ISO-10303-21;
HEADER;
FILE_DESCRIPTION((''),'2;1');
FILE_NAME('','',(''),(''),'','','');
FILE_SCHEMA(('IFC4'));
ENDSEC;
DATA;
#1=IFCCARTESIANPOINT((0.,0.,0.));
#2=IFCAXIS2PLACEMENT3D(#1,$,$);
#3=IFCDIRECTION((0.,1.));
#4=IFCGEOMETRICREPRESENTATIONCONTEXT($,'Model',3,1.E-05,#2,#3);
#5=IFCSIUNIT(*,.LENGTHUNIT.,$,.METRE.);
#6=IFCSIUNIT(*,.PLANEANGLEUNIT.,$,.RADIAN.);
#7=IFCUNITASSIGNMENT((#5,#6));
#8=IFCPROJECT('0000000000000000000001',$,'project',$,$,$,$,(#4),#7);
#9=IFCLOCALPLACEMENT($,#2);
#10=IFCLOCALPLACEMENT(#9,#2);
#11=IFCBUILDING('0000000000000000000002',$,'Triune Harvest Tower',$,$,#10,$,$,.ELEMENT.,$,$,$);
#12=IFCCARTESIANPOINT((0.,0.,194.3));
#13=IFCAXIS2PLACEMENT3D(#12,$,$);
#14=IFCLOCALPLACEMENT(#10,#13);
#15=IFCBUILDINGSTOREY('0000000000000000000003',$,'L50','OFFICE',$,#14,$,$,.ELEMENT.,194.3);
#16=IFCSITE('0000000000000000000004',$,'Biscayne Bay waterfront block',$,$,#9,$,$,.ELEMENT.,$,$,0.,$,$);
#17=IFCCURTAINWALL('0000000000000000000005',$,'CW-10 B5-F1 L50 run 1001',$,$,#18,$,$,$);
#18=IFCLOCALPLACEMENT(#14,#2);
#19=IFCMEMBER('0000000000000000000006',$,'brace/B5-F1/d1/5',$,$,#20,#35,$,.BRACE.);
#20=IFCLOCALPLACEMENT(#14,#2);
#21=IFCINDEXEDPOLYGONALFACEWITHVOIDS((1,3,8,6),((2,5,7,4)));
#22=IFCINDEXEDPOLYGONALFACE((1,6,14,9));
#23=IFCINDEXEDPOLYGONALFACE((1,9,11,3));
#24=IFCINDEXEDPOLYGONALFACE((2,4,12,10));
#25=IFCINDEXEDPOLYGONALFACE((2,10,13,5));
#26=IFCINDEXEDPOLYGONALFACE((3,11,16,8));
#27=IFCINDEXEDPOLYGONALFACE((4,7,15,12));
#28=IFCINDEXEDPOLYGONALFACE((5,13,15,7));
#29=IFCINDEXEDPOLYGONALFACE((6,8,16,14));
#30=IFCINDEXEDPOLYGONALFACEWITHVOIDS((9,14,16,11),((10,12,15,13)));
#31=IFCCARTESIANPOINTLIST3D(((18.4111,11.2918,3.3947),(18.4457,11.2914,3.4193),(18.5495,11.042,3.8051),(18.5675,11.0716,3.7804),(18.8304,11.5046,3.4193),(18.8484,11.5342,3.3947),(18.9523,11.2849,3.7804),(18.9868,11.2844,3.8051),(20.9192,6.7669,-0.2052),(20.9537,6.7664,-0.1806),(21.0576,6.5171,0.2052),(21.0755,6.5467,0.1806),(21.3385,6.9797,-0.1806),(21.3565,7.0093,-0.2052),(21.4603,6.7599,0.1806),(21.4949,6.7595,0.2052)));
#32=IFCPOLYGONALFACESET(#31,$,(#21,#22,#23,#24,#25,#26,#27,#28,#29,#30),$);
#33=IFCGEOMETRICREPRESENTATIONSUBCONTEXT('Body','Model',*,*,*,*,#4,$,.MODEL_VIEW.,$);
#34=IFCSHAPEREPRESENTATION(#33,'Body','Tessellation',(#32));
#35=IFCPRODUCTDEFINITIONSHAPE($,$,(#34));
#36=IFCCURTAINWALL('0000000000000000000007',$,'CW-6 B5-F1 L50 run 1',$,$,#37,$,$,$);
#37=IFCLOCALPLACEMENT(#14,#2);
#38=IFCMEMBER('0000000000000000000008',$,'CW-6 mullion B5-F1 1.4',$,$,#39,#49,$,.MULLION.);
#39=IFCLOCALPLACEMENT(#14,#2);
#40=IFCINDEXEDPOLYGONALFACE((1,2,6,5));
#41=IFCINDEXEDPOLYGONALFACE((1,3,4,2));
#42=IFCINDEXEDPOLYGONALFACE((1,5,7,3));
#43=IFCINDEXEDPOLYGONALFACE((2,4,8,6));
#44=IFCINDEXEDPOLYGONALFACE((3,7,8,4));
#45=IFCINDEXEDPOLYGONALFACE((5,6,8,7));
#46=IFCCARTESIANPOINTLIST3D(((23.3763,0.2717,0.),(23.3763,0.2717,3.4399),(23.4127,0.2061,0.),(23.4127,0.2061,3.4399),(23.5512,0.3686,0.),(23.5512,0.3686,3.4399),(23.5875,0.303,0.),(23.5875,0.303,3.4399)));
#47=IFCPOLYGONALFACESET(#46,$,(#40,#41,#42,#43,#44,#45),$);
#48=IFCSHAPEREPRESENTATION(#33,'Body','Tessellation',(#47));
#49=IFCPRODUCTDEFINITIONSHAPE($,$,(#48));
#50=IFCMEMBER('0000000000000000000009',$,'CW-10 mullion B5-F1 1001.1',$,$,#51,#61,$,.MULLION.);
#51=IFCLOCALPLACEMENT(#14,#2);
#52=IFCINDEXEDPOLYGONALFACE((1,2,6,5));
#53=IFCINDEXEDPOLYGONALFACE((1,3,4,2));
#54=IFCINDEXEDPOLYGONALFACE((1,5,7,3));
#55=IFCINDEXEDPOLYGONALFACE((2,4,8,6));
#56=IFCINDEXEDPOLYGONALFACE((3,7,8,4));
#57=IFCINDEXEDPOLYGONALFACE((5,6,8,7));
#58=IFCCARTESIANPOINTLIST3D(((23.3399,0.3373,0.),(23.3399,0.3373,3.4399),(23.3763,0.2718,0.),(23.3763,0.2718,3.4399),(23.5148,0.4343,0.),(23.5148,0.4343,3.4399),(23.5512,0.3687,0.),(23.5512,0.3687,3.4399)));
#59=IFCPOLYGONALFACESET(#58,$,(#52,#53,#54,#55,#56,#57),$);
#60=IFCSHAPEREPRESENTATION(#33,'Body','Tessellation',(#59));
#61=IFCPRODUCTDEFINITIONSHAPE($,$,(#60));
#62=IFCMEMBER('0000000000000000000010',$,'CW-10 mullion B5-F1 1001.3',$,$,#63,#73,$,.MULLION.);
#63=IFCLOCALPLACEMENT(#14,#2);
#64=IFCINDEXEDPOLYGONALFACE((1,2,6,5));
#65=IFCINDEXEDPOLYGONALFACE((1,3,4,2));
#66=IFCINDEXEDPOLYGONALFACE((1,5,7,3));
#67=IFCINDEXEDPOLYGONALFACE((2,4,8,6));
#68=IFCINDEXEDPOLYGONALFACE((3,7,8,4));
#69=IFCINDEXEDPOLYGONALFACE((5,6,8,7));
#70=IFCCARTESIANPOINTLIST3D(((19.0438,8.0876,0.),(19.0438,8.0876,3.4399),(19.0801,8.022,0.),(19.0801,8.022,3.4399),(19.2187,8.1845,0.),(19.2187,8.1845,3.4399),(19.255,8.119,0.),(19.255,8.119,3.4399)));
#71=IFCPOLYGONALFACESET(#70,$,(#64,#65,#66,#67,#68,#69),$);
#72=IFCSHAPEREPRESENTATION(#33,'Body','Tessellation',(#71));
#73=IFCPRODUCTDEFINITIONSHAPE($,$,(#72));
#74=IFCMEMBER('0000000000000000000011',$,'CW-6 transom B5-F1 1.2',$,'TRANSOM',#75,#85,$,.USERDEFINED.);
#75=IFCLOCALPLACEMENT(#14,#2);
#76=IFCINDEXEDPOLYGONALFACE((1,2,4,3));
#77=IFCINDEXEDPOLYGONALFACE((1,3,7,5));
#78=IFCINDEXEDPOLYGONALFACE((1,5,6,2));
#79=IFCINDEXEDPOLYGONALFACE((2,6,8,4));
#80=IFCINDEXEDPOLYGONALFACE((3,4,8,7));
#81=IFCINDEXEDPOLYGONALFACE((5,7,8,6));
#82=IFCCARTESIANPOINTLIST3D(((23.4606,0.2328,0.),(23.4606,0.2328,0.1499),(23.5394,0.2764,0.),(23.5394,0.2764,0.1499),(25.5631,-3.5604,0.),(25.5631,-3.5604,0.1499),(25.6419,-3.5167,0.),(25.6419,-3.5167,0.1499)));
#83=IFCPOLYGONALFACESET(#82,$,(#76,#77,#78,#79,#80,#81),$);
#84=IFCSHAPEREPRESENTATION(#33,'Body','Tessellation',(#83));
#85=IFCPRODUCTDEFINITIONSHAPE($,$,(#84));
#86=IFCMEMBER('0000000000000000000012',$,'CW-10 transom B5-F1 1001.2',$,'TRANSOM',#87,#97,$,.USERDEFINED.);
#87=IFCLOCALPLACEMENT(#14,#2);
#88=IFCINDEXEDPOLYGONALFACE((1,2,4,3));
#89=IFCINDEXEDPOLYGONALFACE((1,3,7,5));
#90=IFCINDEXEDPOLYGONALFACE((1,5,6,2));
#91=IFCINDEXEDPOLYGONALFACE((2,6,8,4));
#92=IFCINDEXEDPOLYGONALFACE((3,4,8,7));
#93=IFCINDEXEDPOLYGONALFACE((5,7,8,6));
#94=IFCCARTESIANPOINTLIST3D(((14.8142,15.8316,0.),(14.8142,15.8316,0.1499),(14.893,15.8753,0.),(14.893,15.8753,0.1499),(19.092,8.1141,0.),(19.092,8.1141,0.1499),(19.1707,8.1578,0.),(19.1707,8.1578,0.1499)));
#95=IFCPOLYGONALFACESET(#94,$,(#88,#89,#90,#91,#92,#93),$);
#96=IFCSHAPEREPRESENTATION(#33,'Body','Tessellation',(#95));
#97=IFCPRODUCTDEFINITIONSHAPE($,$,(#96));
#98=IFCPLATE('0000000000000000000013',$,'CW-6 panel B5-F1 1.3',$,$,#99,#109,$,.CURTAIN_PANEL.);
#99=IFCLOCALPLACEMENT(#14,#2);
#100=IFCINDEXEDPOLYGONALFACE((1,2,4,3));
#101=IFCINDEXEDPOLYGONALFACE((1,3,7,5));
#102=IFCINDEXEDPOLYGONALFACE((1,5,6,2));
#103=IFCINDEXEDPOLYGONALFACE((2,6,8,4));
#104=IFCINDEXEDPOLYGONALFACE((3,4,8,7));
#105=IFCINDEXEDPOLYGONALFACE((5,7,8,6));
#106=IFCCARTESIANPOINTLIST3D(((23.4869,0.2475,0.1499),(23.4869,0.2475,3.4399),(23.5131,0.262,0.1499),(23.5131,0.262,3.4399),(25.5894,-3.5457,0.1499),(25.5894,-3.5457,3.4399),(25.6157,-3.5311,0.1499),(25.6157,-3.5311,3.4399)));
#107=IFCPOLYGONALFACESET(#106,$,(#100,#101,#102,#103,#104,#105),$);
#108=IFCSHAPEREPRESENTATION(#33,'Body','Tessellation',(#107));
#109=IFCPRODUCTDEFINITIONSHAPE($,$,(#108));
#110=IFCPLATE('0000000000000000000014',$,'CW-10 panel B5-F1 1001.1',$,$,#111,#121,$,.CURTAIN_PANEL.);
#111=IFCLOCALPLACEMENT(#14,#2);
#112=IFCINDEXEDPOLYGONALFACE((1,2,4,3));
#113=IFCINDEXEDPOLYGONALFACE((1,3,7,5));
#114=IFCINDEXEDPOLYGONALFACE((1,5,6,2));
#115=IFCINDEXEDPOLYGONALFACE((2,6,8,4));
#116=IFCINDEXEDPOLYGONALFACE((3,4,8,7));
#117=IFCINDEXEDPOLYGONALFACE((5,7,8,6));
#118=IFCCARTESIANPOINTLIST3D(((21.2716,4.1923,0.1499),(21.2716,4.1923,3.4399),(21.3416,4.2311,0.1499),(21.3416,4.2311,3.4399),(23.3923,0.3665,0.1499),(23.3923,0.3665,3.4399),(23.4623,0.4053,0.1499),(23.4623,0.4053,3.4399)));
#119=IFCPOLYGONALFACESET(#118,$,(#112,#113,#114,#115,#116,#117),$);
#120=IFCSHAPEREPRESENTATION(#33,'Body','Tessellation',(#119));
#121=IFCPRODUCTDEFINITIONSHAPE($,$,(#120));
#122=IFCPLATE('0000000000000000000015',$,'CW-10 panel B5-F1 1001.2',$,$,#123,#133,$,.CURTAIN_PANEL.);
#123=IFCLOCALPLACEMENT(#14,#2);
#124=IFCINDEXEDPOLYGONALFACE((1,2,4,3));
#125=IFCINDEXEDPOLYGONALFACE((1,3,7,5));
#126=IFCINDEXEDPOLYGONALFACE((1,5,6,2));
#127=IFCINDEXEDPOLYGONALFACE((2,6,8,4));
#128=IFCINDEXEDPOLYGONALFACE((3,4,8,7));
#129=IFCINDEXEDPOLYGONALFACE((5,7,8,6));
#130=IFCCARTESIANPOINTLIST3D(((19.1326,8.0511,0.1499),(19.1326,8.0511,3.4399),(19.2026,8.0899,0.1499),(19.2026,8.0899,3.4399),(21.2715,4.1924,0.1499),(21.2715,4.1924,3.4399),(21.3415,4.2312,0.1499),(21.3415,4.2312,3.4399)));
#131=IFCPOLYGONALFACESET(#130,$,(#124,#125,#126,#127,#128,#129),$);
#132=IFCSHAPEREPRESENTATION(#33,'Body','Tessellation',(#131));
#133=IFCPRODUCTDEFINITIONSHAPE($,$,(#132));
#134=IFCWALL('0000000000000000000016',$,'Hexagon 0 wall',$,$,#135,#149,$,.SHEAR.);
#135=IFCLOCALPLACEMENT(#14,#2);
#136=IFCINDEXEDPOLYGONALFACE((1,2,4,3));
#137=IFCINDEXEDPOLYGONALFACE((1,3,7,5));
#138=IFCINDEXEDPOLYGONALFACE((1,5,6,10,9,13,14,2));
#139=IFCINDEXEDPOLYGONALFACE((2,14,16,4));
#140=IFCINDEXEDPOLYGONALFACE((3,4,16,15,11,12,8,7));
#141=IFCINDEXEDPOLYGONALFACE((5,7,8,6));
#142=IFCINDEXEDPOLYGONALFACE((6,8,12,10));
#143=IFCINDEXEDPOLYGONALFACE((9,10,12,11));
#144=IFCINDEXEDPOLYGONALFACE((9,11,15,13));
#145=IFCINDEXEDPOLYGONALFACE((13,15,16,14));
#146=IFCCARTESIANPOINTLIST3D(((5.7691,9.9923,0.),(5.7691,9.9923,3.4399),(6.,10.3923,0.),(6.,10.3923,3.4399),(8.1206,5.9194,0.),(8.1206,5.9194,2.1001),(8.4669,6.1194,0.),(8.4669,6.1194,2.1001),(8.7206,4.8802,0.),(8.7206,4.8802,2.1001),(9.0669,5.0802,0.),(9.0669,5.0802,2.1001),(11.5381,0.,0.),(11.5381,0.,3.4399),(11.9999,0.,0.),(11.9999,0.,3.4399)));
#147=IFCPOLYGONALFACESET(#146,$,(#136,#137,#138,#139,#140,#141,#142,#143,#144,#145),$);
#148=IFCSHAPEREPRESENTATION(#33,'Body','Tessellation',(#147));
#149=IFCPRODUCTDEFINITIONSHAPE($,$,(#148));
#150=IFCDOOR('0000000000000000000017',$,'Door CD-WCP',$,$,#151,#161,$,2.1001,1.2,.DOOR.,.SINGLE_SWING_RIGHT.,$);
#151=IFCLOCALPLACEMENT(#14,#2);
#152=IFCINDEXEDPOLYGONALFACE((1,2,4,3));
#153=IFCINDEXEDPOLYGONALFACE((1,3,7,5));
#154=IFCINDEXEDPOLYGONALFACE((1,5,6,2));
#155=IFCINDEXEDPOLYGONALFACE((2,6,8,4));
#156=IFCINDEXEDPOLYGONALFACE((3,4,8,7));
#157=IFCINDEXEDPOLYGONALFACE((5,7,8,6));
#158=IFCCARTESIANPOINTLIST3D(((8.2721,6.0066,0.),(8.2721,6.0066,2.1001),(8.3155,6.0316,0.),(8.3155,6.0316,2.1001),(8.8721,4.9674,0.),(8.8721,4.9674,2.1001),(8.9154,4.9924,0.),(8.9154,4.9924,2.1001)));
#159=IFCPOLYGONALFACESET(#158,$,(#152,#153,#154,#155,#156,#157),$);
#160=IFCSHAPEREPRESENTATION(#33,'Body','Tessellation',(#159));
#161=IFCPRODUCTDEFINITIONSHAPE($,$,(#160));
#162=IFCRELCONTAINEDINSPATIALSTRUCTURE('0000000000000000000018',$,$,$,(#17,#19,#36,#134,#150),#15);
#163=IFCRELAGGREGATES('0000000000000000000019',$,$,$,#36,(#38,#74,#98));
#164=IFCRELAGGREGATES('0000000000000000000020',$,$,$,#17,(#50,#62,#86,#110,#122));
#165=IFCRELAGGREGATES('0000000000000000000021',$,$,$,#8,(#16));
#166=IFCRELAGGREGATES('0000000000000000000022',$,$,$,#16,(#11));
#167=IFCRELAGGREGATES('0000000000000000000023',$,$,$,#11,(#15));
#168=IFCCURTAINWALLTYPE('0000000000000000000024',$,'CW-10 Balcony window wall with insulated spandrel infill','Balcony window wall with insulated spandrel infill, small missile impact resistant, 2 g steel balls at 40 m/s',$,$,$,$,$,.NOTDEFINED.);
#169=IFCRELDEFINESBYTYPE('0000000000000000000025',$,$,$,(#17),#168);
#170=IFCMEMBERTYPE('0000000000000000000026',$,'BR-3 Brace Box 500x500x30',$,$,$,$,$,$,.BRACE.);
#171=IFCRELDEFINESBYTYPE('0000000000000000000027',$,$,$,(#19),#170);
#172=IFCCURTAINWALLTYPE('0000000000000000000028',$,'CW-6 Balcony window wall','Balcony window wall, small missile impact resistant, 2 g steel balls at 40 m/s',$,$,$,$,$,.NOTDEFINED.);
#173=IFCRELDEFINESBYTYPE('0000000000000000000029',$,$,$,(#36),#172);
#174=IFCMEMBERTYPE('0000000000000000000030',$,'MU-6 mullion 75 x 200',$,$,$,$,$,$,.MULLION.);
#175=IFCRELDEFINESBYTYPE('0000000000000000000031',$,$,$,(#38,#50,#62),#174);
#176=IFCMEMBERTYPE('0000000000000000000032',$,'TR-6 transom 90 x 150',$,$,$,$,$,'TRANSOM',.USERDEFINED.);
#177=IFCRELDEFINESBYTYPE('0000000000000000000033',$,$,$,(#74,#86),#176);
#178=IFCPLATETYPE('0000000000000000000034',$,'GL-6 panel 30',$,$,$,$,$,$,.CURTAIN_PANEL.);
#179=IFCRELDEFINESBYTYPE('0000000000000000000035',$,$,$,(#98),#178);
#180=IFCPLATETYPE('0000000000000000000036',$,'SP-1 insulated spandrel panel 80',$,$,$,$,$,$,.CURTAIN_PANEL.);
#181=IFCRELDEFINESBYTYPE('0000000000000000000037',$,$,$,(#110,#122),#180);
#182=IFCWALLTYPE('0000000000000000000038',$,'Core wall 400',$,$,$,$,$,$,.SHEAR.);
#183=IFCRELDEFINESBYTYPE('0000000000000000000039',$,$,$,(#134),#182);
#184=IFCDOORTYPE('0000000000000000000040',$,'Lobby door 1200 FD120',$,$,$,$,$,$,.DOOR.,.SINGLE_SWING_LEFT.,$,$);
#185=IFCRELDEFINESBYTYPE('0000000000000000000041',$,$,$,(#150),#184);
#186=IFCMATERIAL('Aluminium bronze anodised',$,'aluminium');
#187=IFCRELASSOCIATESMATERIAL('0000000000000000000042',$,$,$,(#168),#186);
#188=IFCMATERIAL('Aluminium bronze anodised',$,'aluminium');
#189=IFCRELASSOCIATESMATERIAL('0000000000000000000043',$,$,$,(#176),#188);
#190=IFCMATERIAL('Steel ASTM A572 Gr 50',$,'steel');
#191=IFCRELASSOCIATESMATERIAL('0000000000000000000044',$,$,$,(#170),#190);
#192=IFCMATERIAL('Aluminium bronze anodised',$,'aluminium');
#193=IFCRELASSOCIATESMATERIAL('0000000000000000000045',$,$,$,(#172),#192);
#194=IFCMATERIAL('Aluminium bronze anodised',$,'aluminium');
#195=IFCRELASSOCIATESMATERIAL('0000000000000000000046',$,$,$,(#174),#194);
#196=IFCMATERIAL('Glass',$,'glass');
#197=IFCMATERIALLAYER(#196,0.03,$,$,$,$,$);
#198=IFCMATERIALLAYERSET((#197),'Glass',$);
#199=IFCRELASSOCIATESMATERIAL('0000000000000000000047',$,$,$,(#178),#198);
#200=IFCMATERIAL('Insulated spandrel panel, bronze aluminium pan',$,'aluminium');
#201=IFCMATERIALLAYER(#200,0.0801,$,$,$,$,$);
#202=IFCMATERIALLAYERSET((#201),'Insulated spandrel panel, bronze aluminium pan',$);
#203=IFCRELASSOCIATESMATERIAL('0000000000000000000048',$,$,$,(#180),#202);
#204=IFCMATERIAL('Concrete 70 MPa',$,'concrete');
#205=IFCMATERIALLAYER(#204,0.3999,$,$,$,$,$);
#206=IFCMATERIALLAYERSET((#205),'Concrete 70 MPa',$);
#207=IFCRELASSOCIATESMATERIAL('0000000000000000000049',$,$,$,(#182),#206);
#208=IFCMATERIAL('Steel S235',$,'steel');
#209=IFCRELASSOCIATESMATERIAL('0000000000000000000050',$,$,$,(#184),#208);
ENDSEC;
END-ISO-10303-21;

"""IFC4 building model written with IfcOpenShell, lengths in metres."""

from ifc_helpers import new_model, si_unit, direction, frame, frame_2d, origin, origin_2d, place, context, subcontext, project, spatial, polyline, rectangle, hollow_rectangle, outline, extrude, source, transform, mapped, material, layer, layer_set, material_profile, profile_set, type_object, element, fill, aggregate, save


model = new_model("IFC4")

# Units and contexts
model_context = context("Model", 3, precision=1e-05, world=origin(), true_north=direction((0.0, 1.0)))
body_context = subcontext(model_context, "Body", "Model", "MODEL_VIEW")
ifc_project = project(units=[si_unit("LENGTHUNIT", "METRE"), si_unit("PLANEANGLEUNIT", "RADIAN")], contexts=[model_context])

# Site, building, storey
site_placement = place(None, origin())
site = spatial("IfcSite", under=ifc_project, at=site_placement, Name="Biscayne Bay waterfront block", CompositionType="ELEMENT", RefElevation=0.0)
building_placement = place(site_placement, origin())
building = spatial("IfcBuilding", under=site, at=building_placement, Name="Triune Harvest Tower", CompositionType="ELEMENT")
storey_placement = place(building_placement, frame((0.0, 0.0, 194.3)))
storey = spatial("IfcBuildingStorey", under=building, at=storey_placement, Name="L50", Description="OFFICE", CompositionType="ELEMENT", Elevation=194.3)

# Curtain wall
ifc_material_1 = material(Name="Aluminium bronze anodised", Category="aluminium")
curtain_wall_type_1 = type_object("IfcCurtainWallType", Name="CW-10 Balcony window wall with insulated spandrel infill", Description="Balcony window wall with insulated spandrel infill, small missile impact resistant, 2 g steel balls at 40 m/s", PredefinedType="NOTDEFINED", material=ifc_material_1)
curtain_wall_1_placement = place(storey_placement, origin())
curtain_wall_1 = element("IfcCurtainWall", 1, at=curtain_wall_1_placement, inside=storey, type_object=curtain_wall_type_1, Name="CW-10 B5-F1 L50 run 1001")
ifc_material_2 = material(Name="Aluminium bronze anodised", Category="aluminium")
ifc_material_profile_1 = material_profile(ifc_material_2, rectangle(XDim=0.0901, YDim=0.1499, at=origin_2d()), Name="TR-6 transom 90 x 150")
ifc_profile_set_1 = profile_set([ifc_material_profile_1], Name="Aluminium bronze anodised")
member_type_1 = type_object("IfcMemberType", Name="TR-6 transom 90 x 150", ElementType="TRANSOM", PredefinedType="USERDEFINED", material=ifc_profile_set_1)

# Member
ifc_material_3 = material(Name="Steel ASTM A572 Gr 50", Category="steel")
ifc_material_profile_2 = material_profile(ifc_material_3, hollow_rectangle(XDim=0.5, YDim=0.5, WallThickness=0.03, at=origin_2d()), Name="Box 500x500x30")
ifc_profile_set_2 = profile_set([ifc_material_profile_2], Name="Steel ASTM A572 Gr 50")
member_type_2 = type_object("IfcMemberType", Name="BR-3 Brace Box 500x500x30", PredefinedType="BRACE", material=ifc_profile_set_2)
shared_shape_1 = source(origin(), body_context, "Body", "SweptSolid", [
    extrude(hollow_rectangle(XDim=0.5, YDim=0.5, WallThickness=0.03, at=origin_2d()), origin(), (0.0, 0.0, 1.0), 6.3027),
])
member_1_placement = place(storey_placement, frame((21.207, 6.7632, 0.0), z_axis=(-0.397934, 0.717931, 0.57116), x_axis=(-0.874631, -0.484789, 0.0)))
element("IfcMember", 2, at=member_1_placement, inside=storey, type_object=member_type_2, Name="brace/B5-F1/d1/5", PredefinedType="BRACE", context=body_context, shape_type="MappedRepresentation", body=[
    mapped(shared_shape_1, transform((0.0, 0.0, 0.0), scale=1.0)),
])

# Curtain wall, member
ifc_material_4 = material(Name="Aluminium bronze anodised", Category="aluminium")
curtain_wall_type_2 = type_object("IfcCurtainWallType", Name="CW-6 Balcony window wall", Description="Balcony window wall, small missile impact resistant, 2 g steel balls at 40 m/s", PredefinedType="NOTDEFINED", material=ifc_material_4)
curtain_wall_2_placement = place(storey_placement, origin())
curtain_wall_2 = element("IfcCurtainWall", 3, at=curtain_wall_2_placement, inside=storey, type_object=curtain_wall_type_2, Name="CW-6 B5-F1 L50 run 1")
ifc_material_5 = material(Name="Aluminium bronze anodised", Category="aluminium")
ifc_material_profile_3 = material_profile(ifc_material_5, rectangle(XDim=0.2, YDim=0.075, at=origin_2d()), Name="MU-6 mullion 75 x 200")
ifc_profile_set_3 = profile_set([ifc_material_profile_3], Name="Aluminium bronze anodised")
member_type_3 = type_object("IfcMemberType", Name="MU-6 mullion 75 x 200", PredefinedType="MULLION", material=ifc_profile_set_3)
shared_shape_2 = source(origin(), body_context, "Body", "SweptSolid", [
    extrude(rectangle(XDim=0.2, YDim=0.075, at=origin_2d()), origin(), (0.0, 0.0, 1.0), 3.4399),
])
member_2_placement = place(storey_placement, frame((23.4819, 0.2874, 0.0), z_axis=(0.0, 0.0, 1.0), x_axis=(-0.874622, -0.484806, 0.0)))
member_2 = element("IfcMember", 4, at=member_2_placement, type_object=member_type_3, Name="CW-6 mullion B5-F1 1.4", PredefinedType="MULLION", context=body_context, shape_type="MappedRepresentation", body=[
    mapped(shared_shape_2, transform((0.0, 0.0, 0.0), scale=1.0)),
])

# Members
member_3_placement = place(storey_placement, frame((23.4456, 0.353, 0.0), z_axis=(0.0, 0.0, 1.0), x_axis=(-0.87462, -0.48481, 0.0)))
member_3 = element("IfcMember", 5, at=member_3_placement, type_object=member_type_3, Name="CW-10 mullion B5-F1 1001.1", PredefinedType="MULLION", context=body_context, shape_type="MappedRepresentation", body=[
    mapped(shared_shape_2, transform((0.0, 0.0, 0.0), scale=1.0)),
])
member_4_placement = place(storey_placement, frame((19.1494, 8.1033, 0.0), z_axis=(0.0, 0.0, 1.0), x_axis=(-0.87462, -0.48481, 0.0)))
member_4 = element("IfcMember", 6, at=member_4_placement, type_object=member_type_3, Name="CW-10 mullion B5-F1 1001.3", PredefinedType="MULLION", context=body_context, shape_type="MappedRepresentation", body=[
    mapped(shared_shape_2, transform((0.0, 0.0, 0.0), scale=1.0)),
])
shared_shape_3 = source(origin(), body_context, "Body", "SweptSolid", [
    extrude(rectangle(XDim=0.0901, YDim=0.1499, at=origin_2d()), origin(), (0.0, 0.0, 1.0), 4.3369),
])
member_5_placement = place(storey_placement, frame((25.6025, -3.5386, 0.075), z_axis=(-0.484797, 0.874627, 0.0), x_axis=(-0.874627, -0.484797, 0.0)))
member_5 = element("IfcMember", 7, at=member_5_placement, type_object=member_type_1, Name="CW-6 transom B5-F1 1.2", ObjectType="TRANSOM", PredefinedType="USERDEFINED", context=body_context, shape_type="MappedRepresentation", body=[
    mapped(shared_shape_3, transform((0.0, 0.0, 0.0), scale=1.0)),
])
shared_shape_4 = source(origin(), body_context, "Body", "SweptSolid", [
    extrude(rectangle(XDim=0.0901, YDim=0.1499, at=origin_2d()), origin(), (0.0, 0.0, 1.0), 8.8237),
])
member_6_placement = place(storey_placement, frame((19.1313, 8.136, 0.075), z_axis=(-0.484804, 0.874623, 0.0), x_axis=(-0.874623, -0.484804, 0.0)))
member_6 = element("IfcMember", 8, at=member_6_placement, type_object=member_type_1, Name="CW-10 transom B5-F1 1001.2", ObjectType="TRANSOM", PredefinedType="USERDEFINED", context=body_context, shape_type="MappedRepresentation", body=[
    mapped(shared_shape_4, transform((0.0, 0.0, 0.0), scale=1.0)),
])

# Plates
ifc_material_6 = material(Name="Glass", Category="glass")
ifc_layer_1 = layer(ifc_material_6, 0.03)
ifc_layer_set_1 = layer_set([ifc_layer_1], Name="Glass")
plate_type_1 = type_object("IfcPlateType", Name="GL-6 panel 30", PredefinedType="CURTAIN_PANEL", material=ifc_layer_set_1)
shared_shape_5 = source(origin(), body_context, "Body", "SweptSolid", [
    extrude(rectangle(XDim=4.3369, YDim=0.03, at=origin_2d()), origin(), (0.0, 0.0, 1.0), 3.29),
])
plate_1_placement = place(storey_placement, frame((24.5513, -1.6418, 0.1499), z_axis=(0.0, 0.0, 1.0), x_axis=(-0.484806, 0.874622, 0.0)))
plate_1 = element("IfcPlate", 9, at=plate_1_placement, type_object=plate_type_1, Name="CW-6 panel B5-F1 1.3", PredefinedType="CURTAIN_PANEL", context=body_context, shape_type="MappedRepresentation", body=[
    mapped(shared_shape_5, transform((0.0, 0.0, 0.0), scale=1.0)),
])
aggregate(curtain_wall_2, [member_2, member_5, plate_1])
ifc_material_7 = material(Name="Insulated spandrel panel, bronze aluminium pan", Category="aluminium")
ifc_layer_2 = layer(ifc_material_7, 0.0801)
ifc_layer_set_2 = layer_set([ifc_layer_2], Name="Insulated spandrel panel, bronze aluminium pan")
plate_type_2 = type_object("IfcPlateType", Name="SP-1 insulated spandrel panel 80", PredefinedType="CURTAIN_PANEL", material=ifc_layer_set_2)
shared_shape_6 = source(origin(), body_context, "Body", "SweptSolid", [
    extrude(rectangle(XDim=4.3743, YDim=0.0801, at=origin_2d()), origin(), (0.0, 0.0, 1.0), 3.29),
])
plate_2_placement = place(storey_placement, frame((22.3669, 2.2988, 0.1499), z_axis=(0.0, 0.0, 1.0), x_axis=(-0.48481, 0.87462, 0.0)))
plate_2 = element("IfcPlate", 10, at=plate_2_placement, type_object=plate_type_2, Name="CW-10 panel B5-F1 1001.1", PredefinedType="CURTAIN_PANEL", context=body_context, shape_type="MappedRepresentation", body=[
    mapped(shared_shape_6, transform((0.0, 0.0, 0.0), scale=1.0)),
])
shared_shape_7 = source(origin(), body_context, "Body", "SweptSolid", [
    extrude(rectangle(XDim=4.4119, YDim=0.0801, at=origin_2d()), origin(), (0.0, 0.0, 1.0), 3.29),
])
plate_3_placement = place(storey_placement, frame((20.2371, 6.1411, 0.1499), z_axis=(0.0, 0.0, 1.0), x_axis=(-0.48481, 0.87462, 0.0)))
plate_3 = element("IfcPlate", 11, at=plate_3_placement, type_object=plate_type_2, Name="CW-10 panel B5-F1 1001.2", PredefinedType="CURTAIN_PANEL", context=body_context, shape_type="MappedRepresentation", body=[
    mapped(shared_shape_7, transform((0.0, 0.0, 0.0), scale=1.0)),
])
aggregate(curtain_wall_1, [member_3, member_4, member_6, plate_2, plate_3])

# Wall, opening, door
ifc_material_8 = material(Name="Concrete 70 MPa", Category="concrete")
ifc_layer_3 = layer(ifc_material_8, 0.3999)
ifc_layer_set_3 = layer_set([ifc_layer_3], Name="Concrete 70 MPa")
wall_type_1 = type_object("IfcWallType", Name="Core wall 400", PredefinedType="SHEAR", material=ifc_layer_set_3)
shared_shape_8 = source(origin(), body_context, "Body", "SweptSolid", [
    extrude(outline(polyline([(-0.1155, -0.2), (11.8845, -0.2), (11.6536, 0.2), (0.1155, 0.2), (-0.1155, -0.2)])), origin(), (0.0, 0.0, 1.0), 3.4399),
])
wall_1_placement = place(storey_placement, frame((11.769, 0.0, 0.0), z_axis=(0.0, 0.0, 1.0), x_axis=(-0.499997, 0.866027, 0.0)))
wall_1 = element("IfcWall", 12, at=wall_1_placement, inside=storey, type_object=wall_type_1, Name="Hexagon 0 wall", PredefinedType="SHEAR", context=body_context, shape_type="MappedRepresentation", body=[
    mapped(shared_shape_8, transform((0.0, 0.0, 0.0), scale=1.0)),
])
opening_placement = place(wall_1_placement, frame((5.7505, 0.0, 0.0)))
opening = element("IfcOpeningElement", 13, at=opening_placement, cuts=wall_1, PredefinedType="OPENING", context=body_context, shape_type="SweptSolid", body=[
    extrude(rectangle(XDim=1.2, YDim=2.1001, at=frame_2d((0.6001, 1.05))), frame((0.0, 0.21, 0.0), z_axis=(0.0, -1.0, 0.0), x_axis=(1.0, 0.0, 0.0)), (0.0, 0.0, 1.0), 0.4199),
])
ifc_material_9 = material(Name="Steel S235", Category="steel")
door_type = type_object("IfcDoorType", Name="Lobby door 1200 FD120", OperationType="SINGLE_SWING_LEFT", PredefinedType="DOOR", material=ifc_material_9)
door_placement = place(opening_placement, frame((1.2, 0.0, 0.0), z_axis=(0.0, 0.0, 1.0), x_axis=(-1.0, 0.0, 0.0)))
door = element("IfcDoor", 14, at=door_placement, inside=storey, type_object=door_type, Name="Door CD-WCP", OperationType="SINGLE_SWING_RIGHT", OverallHeight=2.1001, OverallWidth=1.2, PredefinedType="DOOR", context=body_context, shape_type="SweptSolid", body=[
    extrude(rectangle(XDim=1.2, YDim=2.1001, at=frame_2d((0.6001, 1.05))), frame((0.0, 0.0249, 0.0), z_axis=(0.0, -1.0, 0.0), x_axis=(1.0, 0.0, 0.0)), (0.0, 0.0, 1.0), 0.05),
])
fill(opening, door)

save(model, "model.ifc")
